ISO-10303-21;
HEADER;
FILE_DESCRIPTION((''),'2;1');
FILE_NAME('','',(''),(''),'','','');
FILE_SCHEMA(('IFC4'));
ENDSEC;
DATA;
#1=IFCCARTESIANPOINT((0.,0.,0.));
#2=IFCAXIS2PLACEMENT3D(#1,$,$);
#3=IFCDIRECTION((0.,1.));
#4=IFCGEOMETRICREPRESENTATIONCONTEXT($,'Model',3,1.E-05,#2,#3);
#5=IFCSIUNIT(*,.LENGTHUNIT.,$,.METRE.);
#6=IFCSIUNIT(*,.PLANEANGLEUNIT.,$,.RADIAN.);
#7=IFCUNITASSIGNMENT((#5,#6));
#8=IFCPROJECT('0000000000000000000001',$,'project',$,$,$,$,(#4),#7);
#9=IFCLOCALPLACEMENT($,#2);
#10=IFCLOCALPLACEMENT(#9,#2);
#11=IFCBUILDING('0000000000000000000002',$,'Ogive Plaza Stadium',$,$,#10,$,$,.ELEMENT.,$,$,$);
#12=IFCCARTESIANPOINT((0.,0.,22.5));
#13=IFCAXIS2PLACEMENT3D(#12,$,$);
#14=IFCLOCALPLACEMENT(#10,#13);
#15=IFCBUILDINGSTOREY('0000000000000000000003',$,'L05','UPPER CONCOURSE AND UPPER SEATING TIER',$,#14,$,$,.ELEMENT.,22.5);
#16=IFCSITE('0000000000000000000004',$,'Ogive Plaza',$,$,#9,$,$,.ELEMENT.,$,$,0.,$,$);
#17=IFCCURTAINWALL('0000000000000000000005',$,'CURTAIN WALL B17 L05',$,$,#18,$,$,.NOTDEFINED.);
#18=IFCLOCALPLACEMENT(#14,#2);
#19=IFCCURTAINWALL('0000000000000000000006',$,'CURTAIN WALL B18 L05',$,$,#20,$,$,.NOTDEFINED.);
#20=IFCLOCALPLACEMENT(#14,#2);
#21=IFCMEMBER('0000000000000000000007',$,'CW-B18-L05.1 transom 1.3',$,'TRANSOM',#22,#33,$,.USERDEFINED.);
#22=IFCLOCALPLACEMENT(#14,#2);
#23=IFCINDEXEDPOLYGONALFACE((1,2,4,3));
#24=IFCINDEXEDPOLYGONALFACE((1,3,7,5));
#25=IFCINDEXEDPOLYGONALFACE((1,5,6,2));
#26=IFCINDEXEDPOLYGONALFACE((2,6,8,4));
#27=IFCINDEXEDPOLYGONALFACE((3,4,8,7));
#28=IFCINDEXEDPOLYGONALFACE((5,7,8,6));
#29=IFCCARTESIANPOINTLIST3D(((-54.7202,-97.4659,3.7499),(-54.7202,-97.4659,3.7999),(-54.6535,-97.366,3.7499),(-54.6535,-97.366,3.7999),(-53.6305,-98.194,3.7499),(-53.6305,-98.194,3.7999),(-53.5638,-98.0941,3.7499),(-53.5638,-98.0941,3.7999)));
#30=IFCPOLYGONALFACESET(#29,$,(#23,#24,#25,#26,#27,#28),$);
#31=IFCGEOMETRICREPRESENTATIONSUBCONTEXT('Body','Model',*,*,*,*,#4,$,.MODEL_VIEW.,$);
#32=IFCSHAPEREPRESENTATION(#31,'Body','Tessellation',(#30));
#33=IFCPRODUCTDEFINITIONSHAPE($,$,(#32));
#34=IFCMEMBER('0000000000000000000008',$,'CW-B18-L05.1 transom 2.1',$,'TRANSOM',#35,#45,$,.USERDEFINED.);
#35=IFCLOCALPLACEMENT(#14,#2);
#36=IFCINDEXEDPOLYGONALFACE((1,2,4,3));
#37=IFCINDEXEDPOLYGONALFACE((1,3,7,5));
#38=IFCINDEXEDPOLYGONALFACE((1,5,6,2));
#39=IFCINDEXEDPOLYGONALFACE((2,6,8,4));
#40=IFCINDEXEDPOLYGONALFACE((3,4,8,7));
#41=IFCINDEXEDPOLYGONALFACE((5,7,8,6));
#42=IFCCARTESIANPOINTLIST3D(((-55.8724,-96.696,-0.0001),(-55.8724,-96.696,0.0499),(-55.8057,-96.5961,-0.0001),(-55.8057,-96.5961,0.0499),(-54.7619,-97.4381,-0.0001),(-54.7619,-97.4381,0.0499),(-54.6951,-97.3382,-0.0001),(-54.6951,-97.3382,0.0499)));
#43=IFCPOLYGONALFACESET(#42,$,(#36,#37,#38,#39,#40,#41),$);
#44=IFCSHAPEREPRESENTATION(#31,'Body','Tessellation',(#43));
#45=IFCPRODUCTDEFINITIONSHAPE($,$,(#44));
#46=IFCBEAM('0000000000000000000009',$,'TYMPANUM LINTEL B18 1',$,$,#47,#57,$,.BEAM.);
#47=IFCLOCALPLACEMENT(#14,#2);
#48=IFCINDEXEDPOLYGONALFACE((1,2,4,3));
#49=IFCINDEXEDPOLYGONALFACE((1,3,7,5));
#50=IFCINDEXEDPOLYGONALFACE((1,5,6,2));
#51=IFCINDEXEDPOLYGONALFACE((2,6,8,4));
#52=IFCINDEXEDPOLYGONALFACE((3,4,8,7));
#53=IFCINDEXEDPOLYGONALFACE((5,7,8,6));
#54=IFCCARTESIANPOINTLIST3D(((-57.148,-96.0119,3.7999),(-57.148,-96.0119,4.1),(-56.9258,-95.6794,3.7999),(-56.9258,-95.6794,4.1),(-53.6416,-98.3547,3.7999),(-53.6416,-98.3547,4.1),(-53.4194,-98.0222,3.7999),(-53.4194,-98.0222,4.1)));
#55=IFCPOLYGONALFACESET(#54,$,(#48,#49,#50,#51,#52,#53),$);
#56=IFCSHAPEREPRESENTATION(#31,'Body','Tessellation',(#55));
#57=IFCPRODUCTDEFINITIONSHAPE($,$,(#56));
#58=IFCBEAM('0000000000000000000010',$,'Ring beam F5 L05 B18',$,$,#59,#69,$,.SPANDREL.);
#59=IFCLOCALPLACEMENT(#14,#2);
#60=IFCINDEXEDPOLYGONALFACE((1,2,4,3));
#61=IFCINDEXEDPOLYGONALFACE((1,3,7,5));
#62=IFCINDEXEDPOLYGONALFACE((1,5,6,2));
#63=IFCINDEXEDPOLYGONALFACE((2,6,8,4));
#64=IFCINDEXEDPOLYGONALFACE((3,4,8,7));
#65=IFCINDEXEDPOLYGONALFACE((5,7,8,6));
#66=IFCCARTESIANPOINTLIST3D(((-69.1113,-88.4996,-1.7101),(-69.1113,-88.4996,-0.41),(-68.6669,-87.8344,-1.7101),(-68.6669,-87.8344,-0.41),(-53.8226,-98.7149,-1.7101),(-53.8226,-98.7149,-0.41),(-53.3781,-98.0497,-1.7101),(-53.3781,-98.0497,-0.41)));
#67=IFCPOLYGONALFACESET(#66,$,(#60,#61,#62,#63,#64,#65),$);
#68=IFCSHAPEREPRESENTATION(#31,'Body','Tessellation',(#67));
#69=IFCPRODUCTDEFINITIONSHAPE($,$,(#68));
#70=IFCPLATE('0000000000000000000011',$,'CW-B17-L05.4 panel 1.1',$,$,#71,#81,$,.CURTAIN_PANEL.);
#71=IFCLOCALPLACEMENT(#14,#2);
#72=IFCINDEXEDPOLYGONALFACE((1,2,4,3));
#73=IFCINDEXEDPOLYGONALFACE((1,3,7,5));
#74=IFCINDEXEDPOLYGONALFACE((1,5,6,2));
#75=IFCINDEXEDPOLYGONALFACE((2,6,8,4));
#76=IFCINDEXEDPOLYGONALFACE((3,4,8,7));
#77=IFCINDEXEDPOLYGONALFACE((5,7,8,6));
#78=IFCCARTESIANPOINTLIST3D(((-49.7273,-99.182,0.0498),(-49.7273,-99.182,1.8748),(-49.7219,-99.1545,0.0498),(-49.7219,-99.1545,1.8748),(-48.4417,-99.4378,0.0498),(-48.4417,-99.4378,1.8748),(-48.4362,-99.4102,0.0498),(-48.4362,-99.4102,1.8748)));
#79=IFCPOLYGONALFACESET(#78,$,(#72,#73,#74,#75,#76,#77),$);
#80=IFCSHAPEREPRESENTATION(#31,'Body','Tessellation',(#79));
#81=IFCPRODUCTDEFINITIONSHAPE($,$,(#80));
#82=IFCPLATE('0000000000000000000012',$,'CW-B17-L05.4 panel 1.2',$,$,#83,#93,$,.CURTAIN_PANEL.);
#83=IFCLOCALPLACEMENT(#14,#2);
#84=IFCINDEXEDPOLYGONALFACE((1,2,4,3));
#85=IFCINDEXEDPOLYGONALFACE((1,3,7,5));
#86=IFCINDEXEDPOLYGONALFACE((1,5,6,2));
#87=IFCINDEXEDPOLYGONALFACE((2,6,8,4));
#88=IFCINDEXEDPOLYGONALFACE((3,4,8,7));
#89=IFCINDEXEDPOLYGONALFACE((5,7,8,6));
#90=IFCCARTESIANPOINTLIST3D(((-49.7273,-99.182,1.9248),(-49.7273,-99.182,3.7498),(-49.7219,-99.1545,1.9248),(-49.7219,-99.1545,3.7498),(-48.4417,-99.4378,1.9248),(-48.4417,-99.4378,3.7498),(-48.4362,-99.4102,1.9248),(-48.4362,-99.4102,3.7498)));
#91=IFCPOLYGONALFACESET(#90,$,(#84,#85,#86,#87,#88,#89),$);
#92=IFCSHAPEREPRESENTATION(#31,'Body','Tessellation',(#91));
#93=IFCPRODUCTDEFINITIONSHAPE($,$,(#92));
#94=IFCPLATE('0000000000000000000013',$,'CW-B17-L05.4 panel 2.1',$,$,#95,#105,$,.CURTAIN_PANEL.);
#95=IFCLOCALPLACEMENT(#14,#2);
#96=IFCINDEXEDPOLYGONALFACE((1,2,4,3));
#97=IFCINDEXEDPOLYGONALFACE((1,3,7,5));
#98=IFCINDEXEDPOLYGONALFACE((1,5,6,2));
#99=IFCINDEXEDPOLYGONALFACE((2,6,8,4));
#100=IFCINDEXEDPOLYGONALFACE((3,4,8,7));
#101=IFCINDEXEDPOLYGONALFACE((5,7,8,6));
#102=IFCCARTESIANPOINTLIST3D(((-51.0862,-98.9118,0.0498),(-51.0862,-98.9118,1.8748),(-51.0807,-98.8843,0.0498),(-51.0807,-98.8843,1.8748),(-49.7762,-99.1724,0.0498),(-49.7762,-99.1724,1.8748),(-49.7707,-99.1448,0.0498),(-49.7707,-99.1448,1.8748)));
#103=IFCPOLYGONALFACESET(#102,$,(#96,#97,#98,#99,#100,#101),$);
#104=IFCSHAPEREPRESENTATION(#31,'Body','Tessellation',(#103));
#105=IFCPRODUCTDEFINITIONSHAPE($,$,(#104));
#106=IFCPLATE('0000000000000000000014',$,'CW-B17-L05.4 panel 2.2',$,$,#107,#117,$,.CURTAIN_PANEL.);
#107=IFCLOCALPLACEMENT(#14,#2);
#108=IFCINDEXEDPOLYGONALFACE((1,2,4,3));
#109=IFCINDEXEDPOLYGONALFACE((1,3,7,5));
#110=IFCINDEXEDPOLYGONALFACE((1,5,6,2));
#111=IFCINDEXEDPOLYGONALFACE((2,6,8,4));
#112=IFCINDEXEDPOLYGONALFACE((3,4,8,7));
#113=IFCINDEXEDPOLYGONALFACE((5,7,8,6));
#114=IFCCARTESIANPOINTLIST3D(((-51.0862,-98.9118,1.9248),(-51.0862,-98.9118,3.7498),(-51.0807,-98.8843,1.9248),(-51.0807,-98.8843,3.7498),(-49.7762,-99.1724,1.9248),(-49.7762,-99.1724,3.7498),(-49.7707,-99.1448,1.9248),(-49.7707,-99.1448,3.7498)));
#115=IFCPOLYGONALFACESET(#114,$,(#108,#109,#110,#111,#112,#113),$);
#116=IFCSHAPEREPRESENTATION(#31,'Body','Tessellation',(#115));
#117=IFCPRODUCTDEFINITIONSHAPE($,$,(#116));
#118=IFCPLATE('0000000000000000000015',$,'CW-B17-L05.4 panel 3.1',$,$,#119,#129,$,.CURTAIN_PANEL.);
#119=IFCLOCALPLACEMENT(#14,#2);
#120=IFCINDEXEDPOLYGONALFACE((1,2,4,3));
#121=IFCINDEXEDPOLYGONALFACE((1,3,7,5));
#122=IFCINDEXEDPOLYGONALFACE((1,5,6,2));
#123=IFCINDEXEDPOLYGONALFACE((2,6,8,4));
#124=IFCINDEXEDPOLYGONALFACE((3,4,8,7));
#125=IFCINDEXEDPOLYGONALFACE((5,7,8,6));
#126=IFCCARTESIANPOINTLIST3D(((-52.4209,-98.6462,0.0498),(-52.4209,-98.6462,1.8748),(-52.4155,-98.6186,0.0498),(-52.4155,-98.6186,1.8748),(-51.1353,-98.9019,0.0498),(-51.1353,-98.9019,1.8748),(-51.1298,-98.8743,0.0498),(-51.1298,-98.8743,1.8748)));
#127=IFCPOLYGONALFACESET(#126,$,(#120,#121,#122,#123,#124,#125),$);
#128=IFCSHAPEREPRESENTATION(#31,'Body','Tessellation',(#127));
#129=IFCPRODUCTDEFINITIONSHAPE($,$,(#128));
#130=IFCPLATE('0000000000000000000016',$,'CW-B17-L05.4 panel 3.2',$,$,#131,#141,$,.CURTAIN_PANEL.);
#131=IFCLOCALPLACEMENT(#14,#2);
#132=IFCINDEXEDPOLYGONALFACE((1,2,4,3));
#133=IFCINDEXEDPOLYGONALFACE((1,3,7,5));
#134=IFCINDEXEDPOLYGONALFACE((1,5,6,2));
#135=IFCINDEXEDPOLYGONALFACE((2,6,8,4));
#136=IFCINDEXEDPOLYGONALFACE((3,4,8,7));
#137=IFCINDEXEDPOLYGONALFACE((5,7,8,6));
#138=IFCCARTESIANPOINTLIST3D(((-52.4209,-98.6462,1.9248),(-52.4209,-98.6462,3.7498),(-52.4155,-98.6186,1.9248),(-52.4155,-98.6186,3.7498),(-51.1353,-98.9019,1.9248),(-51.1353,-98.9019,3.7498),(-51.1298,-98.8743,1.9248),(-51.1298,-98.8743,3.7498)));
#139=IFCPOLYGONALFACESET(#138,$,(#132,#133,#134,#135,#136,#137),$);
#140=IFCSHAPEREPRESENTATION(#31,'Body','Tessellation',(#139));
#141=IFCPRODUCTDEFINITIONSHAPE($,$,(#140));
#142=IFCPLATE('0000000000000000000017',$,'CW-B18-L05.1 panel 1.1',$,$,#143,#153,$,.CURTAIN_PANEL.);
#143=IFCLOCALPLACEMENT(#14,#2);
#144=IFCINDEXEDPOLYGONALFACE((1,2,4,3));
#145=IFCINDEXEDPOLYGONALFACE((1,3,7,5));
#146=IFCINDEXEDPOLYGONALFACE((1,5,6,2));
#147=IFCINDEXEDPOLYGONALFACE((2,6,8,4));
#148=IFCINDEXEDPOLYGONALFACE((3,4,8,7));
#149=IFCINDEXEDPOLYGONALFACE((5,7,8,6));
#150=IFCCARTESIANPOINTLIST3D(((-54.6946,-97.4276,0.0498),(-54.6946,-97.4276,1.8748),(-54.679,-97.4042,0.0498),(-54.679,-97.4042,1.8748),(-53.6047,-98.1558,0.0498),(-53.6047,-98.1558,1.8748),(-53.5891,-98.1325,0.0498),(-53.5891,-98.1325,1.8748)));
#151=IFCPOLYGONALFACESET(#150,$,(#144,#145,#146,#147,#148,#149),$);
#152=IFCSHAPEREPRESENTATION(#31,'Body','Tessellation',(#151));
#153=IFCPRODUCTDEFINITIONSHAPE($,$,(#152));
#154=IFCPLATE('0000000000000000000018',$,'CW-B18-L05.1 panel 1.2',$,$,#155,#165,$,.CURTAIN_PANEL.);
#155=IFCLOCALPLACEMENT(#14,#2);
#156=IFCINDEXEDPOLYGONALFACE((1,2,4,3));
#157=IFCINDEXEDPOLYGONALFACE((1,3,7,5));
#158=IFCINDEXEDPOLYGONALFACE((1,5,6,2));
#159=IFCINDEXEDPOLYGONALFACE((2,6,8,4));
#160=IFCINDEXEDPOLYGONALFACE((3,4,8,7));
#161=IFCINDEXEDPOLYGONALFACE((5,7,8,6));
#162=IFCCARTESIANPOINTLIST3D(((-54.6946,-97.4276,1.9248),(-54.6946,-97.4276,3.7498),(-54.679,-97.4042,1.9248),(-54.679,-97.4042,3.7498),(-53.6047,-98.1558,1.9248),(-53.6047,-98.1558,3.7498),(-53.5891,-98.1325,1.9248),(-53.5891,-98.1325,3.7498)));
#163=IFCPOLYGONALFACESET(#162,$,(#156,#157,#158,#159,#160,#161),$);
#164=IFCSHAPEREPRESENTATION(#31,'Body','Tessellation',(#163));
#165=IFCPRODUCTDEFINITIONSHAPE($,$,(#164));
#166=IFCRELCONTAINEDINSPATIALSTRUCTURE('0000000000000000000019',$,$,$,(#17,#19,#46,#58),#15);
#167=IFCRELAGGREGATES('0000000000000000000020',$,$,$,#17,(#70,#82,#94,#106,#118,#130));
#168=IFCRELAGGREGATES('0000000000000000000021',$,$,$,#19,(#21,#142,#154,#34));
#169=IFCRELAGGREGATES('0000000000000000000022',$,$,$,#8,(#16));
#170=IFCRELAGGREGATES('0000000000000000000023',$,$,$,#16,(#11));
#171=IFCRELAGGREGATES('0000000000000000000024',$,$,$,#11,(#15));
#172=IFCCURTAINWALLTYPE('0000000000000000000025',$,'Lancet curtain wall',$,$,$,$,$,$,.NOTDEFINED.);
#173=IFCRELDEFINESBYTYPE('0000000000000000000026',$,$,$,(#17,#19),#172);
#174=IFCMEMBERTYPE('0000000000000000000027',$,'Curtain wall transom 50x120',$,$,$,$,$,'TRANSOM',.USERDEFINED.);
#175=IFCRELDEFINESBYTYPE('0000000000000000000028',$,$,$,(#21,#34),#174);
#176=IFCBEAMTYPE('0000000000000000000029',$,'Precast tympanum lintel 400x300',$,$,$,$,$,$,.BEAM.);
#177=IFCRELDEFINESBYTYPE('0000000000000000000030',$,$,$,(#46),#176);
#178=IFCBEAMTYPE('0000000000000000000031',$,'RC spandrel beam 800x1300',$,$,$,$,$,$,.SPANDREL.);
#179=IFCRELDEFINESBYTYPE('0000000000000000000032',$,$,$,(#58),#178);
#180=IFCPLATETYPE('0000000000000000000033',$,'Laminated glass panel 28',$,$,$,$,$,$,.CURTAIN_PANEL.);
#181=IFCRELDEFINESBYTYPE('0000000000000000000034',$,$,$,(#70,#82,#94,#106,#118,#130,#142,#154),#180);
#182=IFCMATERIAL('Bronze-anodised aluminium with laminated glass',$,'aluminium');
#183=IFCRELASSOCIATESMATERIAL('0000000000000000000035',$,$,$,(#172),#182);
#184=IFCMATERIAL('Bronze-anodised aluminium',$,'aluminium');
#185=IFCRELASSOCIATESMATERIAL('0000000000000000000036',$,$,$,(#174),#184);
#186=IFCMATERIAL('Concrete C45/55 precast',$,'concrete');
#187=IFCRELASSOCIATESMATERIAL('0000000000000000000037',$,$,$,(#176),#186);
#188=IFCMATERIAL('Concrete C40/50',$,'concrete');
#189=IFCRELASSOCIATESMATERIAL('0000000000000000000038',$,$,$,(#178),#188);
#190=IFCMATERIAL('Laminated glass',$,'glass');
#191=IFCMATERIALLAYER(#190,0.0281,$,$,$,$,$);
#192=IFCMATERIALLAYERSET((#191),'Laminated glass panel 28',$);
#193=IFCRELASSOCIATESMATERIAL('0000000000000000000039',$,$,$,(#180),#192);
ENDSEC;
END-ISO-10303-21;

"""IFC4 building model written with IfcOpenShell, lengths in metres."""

from ifc_helpers import new_model, si_unit, direction, frame, origin, origin_2d, place, context, subcontext, project, spatial, rectangle, extrude, material, layer, layer_set, material_profile, profile_set, type_object, element, aggregate, save


model = new_model("IFC4")

# Units and contexts
model_context = context("Model", 3, precision=1e-05, world=origin(), true_north=direction((0.0, 1.0)))
body_context = subcontext(model_context, "Body", "Model", "MODEL_VIEW")
ifc_project = project(units=[si_unit("LENGTHUNIT", "METRE"), si_unit("PLANEANGLEUNIT", "RADIAN")], contexts=[model_context])

# Site, building, storey
site_placement = place(None, origin())
site = spatial("IfcSite", under=ifc_project, at=site_placement, Name="Ogive Plaza", CompositionType="ELEMENT", RefElevation=0.0)
building_placement = place(site_placement, origin())
building = spatial("IfcBuilding", under=site, at=building_placement, Name="Ogive Plaza Stadium", CompositionType="ELEMENT")
storey_placement = place(building_placement, frame((0.0, 0.0, 22.5)))
storey = spatial("IfcBuildingStorey", under=building, at=storey_placement, Name="L05", Description="UPPER CONCOURSE AND UPPER SEATING TIER", CompositionType="ELEMENT", Elevation=22.5)

# Curtain walls
ifc_material_1 = material(Name="Bronze-anodised aluminium with laminated glass", Category="aluminium")
curtain_wall_type = type_object("IfcCurtainWallType", Name="Lancet curtain wall", PredefinedType="NOTDEFINED", material=ifc_material_1)
curtain_wall_1_placement = place(storey_placement, origin())
curtain_wall_1 = element("IfcCurtainWall", 1, at=curtain_wall_1_placement, inside=storey, type_object=curtain_wall_type, Name="CURTAIN WALL B17 L05", PredefinedType="NOTDEFINED")
curtain_wall_2_placement = place(storey_placement, origin())
curtain_wall_2 = element("IfcCurtainWall", 2, at=curtain_wall_2_placement, inside=storey, type_object=curtain_wall_type, Name="CURTAIN WALL B18 L05", PredefinedType="NOTDEFINED")

# Members
ifc_material_2 = material(Name="Bronze-anodised aluminium", Category="aluminium")
ifc_material_profile_1 = material_profile(ifc_material_2, rectangle(XDim=0.1201, YDim=0.05, at=origin_2d()), Name="AL 120x50")
ifc_profile_set_1 = profile_set([ifc_material_profile_1], Name="Bronze-anodised aluminium")
member_type_1 = type_object("IfcMemberType", Name="Curtain wall transom 50x120", ElementType="TRANSOM", PredefinedType="USERDEFINED", material=ifc_profile_set_1)
member_1_placement = place(storey_placement, frame((-53.5972, -98.144, 3.7749), z_axis=(-0.831477, 0.55556, 0.0), x_axis=(-0.55556, -0.831477, 0.0)))
member_1 = element("IfcMember", 3, at=member_1_placement, type_object=member_type_1, Name="CW-B18-L05.1 transom 1.3", ObjectType="TRANSOM", PredefinedType="USERDEFINED", context=body_context, shape_type="SweptSolid", body=[
    extrude(rectangle(XDim=0.1201, YDim=0.05, at=origin_2d()), origin(), (0.0, 0.0, 1.0), 1.3105),
])
member_2_placement = place(storey_placement, frame((-54.7285, -97.3882, 0.0249), z_axis=(-0.831431, 0.555628, 0.0), x_axis=(-0.555628, -0.831431, 0.0)))
member_2 = element("IfcMember", 4, at=member_2_placement, type_object=member_type_1, Name="CW-B18-L05.1 transom 2.1", ObjectType="TRANSOM", PredefinedType="USERDEFINED", context=body_context, shape_type="SweptSolid", body=[
    extrude(rectangle(XDim=0.1201, YDim=0.05, at=origin_2d()), origin(), (0.0, 0.0, 1.0), 1.3357),
])

# Beams
ifc_material_3 = material(Name="Concrete C45/55 precast", Category="concrete")
ifc_material_profile_2 = material_profile(ifc_material_3, rectangle(XDim=0.3999, YDim=0.3, at=origin_2d()), Name="RC 400x300")
ifc_profile_set_2 = profile_set([ifc_material_profile_2], Name="Concrete C45/55 precast")
beam_type_1 = type_object("IfcBeamType", Name="Precast tympanum lintel 400x300", PredefinedType="BEAM", material=ifc_profile_set_2)
beam_1_placement = place(storey_placement, frame((-53.5305, -98.1885, 3.95), z_axis=(-0.83148, 0.555555, 0.0), x_axis=(-0.555555, -0.83148, 0.0)))
element("IfcBeam", 5, at=beam_1_placement, inside=storey, type_object=beam_type_1, Name="TYMPANUM LINTEL B18 1", PredefinedType="BEAM", context=body_context, shape_type="SweptSolid", body=[
    extrude(rectangle(XDim=0.3999, YDim=0.3, at=origin_2d()), origin(), (0.0, 0.0, 1.0), 4.217),
])
ifc_material_4 = material(Name="Concrete C40/50", Category="concrete")
ifc_material_profile_3 = material_profile(ifc_material_4, rectangle(XDim=0.8, YDim=1.3, at=origin_2d()), Name="RC 800x1300")
ifc_profile_set_3 = profile_set([ifc_material_profile_3], Name="Concrete C40/50")
beam_type_2 = type_object("IfcBeamType", Name="RC spandrel beam 800x1300", PredefinedType="SPANDREL", material=ifc_profile_set_3)
beam_2_placement = place(storey_placement, frame((-53.6003, -98.3823, -1.0601), z_axis=(-0.831478, 0.555558, 0.0), x_axis=(-0.555558, -0.831478, 0.0)))
element("IfcBeam", 6, at=beam_2_placement, inside=storey, type_object=beam_type_2, Name="Ring beam F5 L05 B18", PredefinedType="SPANDREL", context=body_context, shape_type="SweptSolid", body=[
    extrude(rectangle(XDim=0.8, YDim=1.3, at=origin_2d()), origin(), (0.0, 0.0, 1.0), 18.3875),
])

# Plates
ifc_material_5 = material(Name="Laminated glass", Category="glass")
ifc_layer_1 = layer(ifc_material_5, 0.0281)
ifc_layer_set_1 = layer_set([ifc_layer_1], Name="Laminated glass panel 28")
plate_type = type_object("IfcPlateType", Name="Laminated glass panel 28", PredefinedType="CURTAIN_PANEL", material=ifc_layer_set_1)
plate_1_placement = place(storey_placement, frame((-49.0818, -99.2961, 0.0498), z_axis=(0.0, 0.0, 1.0), x_axis=(-0.980785, 0.19509, 0.0)))
plate_1 = element("IfcPlate", 7, at=plate_1_placement, type_object=plate_type, Name="CW-B17-L05.4 panel 1.1", PredefinedType="CURTAIN_PANEL", context=body_context, shape_type="SweptSolid", body=[
    extrude(rectangle(XDim=1.3108, YDim=0.0281, at=origin_2d()), origin(), (0.0, 0.0, 1.0), 1.825),
])
plate_2_placement = place(storey_placement, frame((-49.0818, -99.2961, 1.9248), z_axis=(0.0, 0.0, 1.0), x_axis=(-0.980785, 0.19509, 0.0)))
plate_2 = element("IfcPlate", 8, at=plate_2_placement, type_object=plate_type, Name="CW-B17-L05.4 panel 1.2", PredefinedType="CURTAIN_PANEL", context=body_context, shape_type="SweptSolid", body=[
    extrude(rectangle(XDim=1.3108, YDim=0.0281, at=origin_2d()), origin(), (0.0, 0.0, 1.0), 1.825),
])
plate_3_placement = place(storey_placement, frame((-50.4285, -99.0283, 0.0498), z_axis=(0.0, 0.0, 1.0), x_axis=(-0.980785, 0.19509, 0.0)))
plate_3 = element("IfcPlate", 9, at=plate_3_placement, type_object=plate_type, Name="CW-B17-L05.4 panel 2.1", PredefinedType="CURTAIN_PANEL", context=body_context, shape_type="SweptSolid", body=[
    extrude(rectangle(XDim=1.3357, YDim=0.0281, at=origin_2d()), origin(), (0.0, 0.0, 1.0), 1.825),
])
plate_4_placement = place(storey_placement, frame((-50.4285, -99.0283, 1.9248), z_axis=(0.0, 0.0, 1.0), x_axis=(-0.980785, 0.19509, 0.0)))
plate_4 = element("IfcPlate", 10, at=plate_4_placement, type_object=plate_type, Name="CW-B17-L05.4 panel 2.2", PredefinedType="CURTAIN_PANEL", context=body_context, shape_type="SweptSolid", body=[
    extrude(rectangle(XDim=1.3357, YDim=0.0281, at=origin_2d()), origin(), (0.0, 0.0, 1.0), 1.825),
])
plate_5_placement = place(storey_placement, frame((-51.7754, -98.7603, 0.0498), z_axis=(0.0, 0.0, 1.0), x_axis=(-0.980785, 0.19509, 0.0)))
plate_5 = element("IfcPlate", 11, at=plate_5_placement, type_object=plate_type, Name="CW-B17-L05.4 panel 3.1", PredefinedType="CURTAIN_PANEL", context=body_context, shape_type="SweptSolid", body=[
    extrude(rectangle(XDim=1.3108, YDim=0.0281, at=origin_2d()), origin(), (0.0, 0.0, 1.0), 1.825),
])
plate_6_placement = place(storey_placement, frame((-51.7754, -98.7603, 1.9248), z_axis=(0.0, 0.0, 1.0), x_axis=(-0.980785, 0.19509, 0.0)))
plate_6 = element("IfcPlate", 12, at=plate_6_placement, type_object=plate_type, Name="CW-B17-L05.4 panel 3.2", PredefinedType="CURTAIN_PANEL", context=body_context, shape_type="SweptSolid", body=[
    extrude(rectangle(XDim=1.3108, YDim=0.0281, at=origin_2d()), origin(), (0.0, 0.0, 1.0), 1.825),
])
aggregate(curtain_wall_1, [plate_1, plate_2, plate_3, plate_4, plate_5, plate_6])
plate_7_placement = place(storey_placement, frame((-54.1418, -97.78, 0.0498), z_axis=(0.0, 0.0, 1.0), x_axis=(-0.83147, 0.55557, 0.0)))
plate_7 = element("IfcPlate", 13, at=plate_7_placement, type_object=plate_type, Name="CW-B18-L05.1 panel 1.1", PredefinedType="CURTAIN_PANEL", context=body_context, shape_type="SweptSolid", body=[
    extrude(rectangle(XDim=1.3108, YDim=0.0281, at=origin_2d()), origin(), (0.0, 0.0, 1.0), 1.825),
])
plate_8_placement = place(storey_placement, frame((-54.1418, -97.78, 1.9248), z_axis=(0.0, 0.0, 1.0), x_axis=(-0.83147, 0.55557, 0.0)))
plate_8 = element("IfcPlate", 14, at=plate_8_placement, type_object=plate_type, Name="CW-B18-L05.1 panel 1.2", PredefinedType="CURTAIN_PANEL", context=body_context, shape_type="SweptSolid", body=[
    extrude(rectangle(XDim=1.3108, YDim=0.0281, at=origin_2d()), origin(), (0.0, 0.0, 1.0), 1.825),
])
aggregate(curtain_wall_2, [member_1, plate_7, plate_8, member_2])

save(model, "model.ifc")
